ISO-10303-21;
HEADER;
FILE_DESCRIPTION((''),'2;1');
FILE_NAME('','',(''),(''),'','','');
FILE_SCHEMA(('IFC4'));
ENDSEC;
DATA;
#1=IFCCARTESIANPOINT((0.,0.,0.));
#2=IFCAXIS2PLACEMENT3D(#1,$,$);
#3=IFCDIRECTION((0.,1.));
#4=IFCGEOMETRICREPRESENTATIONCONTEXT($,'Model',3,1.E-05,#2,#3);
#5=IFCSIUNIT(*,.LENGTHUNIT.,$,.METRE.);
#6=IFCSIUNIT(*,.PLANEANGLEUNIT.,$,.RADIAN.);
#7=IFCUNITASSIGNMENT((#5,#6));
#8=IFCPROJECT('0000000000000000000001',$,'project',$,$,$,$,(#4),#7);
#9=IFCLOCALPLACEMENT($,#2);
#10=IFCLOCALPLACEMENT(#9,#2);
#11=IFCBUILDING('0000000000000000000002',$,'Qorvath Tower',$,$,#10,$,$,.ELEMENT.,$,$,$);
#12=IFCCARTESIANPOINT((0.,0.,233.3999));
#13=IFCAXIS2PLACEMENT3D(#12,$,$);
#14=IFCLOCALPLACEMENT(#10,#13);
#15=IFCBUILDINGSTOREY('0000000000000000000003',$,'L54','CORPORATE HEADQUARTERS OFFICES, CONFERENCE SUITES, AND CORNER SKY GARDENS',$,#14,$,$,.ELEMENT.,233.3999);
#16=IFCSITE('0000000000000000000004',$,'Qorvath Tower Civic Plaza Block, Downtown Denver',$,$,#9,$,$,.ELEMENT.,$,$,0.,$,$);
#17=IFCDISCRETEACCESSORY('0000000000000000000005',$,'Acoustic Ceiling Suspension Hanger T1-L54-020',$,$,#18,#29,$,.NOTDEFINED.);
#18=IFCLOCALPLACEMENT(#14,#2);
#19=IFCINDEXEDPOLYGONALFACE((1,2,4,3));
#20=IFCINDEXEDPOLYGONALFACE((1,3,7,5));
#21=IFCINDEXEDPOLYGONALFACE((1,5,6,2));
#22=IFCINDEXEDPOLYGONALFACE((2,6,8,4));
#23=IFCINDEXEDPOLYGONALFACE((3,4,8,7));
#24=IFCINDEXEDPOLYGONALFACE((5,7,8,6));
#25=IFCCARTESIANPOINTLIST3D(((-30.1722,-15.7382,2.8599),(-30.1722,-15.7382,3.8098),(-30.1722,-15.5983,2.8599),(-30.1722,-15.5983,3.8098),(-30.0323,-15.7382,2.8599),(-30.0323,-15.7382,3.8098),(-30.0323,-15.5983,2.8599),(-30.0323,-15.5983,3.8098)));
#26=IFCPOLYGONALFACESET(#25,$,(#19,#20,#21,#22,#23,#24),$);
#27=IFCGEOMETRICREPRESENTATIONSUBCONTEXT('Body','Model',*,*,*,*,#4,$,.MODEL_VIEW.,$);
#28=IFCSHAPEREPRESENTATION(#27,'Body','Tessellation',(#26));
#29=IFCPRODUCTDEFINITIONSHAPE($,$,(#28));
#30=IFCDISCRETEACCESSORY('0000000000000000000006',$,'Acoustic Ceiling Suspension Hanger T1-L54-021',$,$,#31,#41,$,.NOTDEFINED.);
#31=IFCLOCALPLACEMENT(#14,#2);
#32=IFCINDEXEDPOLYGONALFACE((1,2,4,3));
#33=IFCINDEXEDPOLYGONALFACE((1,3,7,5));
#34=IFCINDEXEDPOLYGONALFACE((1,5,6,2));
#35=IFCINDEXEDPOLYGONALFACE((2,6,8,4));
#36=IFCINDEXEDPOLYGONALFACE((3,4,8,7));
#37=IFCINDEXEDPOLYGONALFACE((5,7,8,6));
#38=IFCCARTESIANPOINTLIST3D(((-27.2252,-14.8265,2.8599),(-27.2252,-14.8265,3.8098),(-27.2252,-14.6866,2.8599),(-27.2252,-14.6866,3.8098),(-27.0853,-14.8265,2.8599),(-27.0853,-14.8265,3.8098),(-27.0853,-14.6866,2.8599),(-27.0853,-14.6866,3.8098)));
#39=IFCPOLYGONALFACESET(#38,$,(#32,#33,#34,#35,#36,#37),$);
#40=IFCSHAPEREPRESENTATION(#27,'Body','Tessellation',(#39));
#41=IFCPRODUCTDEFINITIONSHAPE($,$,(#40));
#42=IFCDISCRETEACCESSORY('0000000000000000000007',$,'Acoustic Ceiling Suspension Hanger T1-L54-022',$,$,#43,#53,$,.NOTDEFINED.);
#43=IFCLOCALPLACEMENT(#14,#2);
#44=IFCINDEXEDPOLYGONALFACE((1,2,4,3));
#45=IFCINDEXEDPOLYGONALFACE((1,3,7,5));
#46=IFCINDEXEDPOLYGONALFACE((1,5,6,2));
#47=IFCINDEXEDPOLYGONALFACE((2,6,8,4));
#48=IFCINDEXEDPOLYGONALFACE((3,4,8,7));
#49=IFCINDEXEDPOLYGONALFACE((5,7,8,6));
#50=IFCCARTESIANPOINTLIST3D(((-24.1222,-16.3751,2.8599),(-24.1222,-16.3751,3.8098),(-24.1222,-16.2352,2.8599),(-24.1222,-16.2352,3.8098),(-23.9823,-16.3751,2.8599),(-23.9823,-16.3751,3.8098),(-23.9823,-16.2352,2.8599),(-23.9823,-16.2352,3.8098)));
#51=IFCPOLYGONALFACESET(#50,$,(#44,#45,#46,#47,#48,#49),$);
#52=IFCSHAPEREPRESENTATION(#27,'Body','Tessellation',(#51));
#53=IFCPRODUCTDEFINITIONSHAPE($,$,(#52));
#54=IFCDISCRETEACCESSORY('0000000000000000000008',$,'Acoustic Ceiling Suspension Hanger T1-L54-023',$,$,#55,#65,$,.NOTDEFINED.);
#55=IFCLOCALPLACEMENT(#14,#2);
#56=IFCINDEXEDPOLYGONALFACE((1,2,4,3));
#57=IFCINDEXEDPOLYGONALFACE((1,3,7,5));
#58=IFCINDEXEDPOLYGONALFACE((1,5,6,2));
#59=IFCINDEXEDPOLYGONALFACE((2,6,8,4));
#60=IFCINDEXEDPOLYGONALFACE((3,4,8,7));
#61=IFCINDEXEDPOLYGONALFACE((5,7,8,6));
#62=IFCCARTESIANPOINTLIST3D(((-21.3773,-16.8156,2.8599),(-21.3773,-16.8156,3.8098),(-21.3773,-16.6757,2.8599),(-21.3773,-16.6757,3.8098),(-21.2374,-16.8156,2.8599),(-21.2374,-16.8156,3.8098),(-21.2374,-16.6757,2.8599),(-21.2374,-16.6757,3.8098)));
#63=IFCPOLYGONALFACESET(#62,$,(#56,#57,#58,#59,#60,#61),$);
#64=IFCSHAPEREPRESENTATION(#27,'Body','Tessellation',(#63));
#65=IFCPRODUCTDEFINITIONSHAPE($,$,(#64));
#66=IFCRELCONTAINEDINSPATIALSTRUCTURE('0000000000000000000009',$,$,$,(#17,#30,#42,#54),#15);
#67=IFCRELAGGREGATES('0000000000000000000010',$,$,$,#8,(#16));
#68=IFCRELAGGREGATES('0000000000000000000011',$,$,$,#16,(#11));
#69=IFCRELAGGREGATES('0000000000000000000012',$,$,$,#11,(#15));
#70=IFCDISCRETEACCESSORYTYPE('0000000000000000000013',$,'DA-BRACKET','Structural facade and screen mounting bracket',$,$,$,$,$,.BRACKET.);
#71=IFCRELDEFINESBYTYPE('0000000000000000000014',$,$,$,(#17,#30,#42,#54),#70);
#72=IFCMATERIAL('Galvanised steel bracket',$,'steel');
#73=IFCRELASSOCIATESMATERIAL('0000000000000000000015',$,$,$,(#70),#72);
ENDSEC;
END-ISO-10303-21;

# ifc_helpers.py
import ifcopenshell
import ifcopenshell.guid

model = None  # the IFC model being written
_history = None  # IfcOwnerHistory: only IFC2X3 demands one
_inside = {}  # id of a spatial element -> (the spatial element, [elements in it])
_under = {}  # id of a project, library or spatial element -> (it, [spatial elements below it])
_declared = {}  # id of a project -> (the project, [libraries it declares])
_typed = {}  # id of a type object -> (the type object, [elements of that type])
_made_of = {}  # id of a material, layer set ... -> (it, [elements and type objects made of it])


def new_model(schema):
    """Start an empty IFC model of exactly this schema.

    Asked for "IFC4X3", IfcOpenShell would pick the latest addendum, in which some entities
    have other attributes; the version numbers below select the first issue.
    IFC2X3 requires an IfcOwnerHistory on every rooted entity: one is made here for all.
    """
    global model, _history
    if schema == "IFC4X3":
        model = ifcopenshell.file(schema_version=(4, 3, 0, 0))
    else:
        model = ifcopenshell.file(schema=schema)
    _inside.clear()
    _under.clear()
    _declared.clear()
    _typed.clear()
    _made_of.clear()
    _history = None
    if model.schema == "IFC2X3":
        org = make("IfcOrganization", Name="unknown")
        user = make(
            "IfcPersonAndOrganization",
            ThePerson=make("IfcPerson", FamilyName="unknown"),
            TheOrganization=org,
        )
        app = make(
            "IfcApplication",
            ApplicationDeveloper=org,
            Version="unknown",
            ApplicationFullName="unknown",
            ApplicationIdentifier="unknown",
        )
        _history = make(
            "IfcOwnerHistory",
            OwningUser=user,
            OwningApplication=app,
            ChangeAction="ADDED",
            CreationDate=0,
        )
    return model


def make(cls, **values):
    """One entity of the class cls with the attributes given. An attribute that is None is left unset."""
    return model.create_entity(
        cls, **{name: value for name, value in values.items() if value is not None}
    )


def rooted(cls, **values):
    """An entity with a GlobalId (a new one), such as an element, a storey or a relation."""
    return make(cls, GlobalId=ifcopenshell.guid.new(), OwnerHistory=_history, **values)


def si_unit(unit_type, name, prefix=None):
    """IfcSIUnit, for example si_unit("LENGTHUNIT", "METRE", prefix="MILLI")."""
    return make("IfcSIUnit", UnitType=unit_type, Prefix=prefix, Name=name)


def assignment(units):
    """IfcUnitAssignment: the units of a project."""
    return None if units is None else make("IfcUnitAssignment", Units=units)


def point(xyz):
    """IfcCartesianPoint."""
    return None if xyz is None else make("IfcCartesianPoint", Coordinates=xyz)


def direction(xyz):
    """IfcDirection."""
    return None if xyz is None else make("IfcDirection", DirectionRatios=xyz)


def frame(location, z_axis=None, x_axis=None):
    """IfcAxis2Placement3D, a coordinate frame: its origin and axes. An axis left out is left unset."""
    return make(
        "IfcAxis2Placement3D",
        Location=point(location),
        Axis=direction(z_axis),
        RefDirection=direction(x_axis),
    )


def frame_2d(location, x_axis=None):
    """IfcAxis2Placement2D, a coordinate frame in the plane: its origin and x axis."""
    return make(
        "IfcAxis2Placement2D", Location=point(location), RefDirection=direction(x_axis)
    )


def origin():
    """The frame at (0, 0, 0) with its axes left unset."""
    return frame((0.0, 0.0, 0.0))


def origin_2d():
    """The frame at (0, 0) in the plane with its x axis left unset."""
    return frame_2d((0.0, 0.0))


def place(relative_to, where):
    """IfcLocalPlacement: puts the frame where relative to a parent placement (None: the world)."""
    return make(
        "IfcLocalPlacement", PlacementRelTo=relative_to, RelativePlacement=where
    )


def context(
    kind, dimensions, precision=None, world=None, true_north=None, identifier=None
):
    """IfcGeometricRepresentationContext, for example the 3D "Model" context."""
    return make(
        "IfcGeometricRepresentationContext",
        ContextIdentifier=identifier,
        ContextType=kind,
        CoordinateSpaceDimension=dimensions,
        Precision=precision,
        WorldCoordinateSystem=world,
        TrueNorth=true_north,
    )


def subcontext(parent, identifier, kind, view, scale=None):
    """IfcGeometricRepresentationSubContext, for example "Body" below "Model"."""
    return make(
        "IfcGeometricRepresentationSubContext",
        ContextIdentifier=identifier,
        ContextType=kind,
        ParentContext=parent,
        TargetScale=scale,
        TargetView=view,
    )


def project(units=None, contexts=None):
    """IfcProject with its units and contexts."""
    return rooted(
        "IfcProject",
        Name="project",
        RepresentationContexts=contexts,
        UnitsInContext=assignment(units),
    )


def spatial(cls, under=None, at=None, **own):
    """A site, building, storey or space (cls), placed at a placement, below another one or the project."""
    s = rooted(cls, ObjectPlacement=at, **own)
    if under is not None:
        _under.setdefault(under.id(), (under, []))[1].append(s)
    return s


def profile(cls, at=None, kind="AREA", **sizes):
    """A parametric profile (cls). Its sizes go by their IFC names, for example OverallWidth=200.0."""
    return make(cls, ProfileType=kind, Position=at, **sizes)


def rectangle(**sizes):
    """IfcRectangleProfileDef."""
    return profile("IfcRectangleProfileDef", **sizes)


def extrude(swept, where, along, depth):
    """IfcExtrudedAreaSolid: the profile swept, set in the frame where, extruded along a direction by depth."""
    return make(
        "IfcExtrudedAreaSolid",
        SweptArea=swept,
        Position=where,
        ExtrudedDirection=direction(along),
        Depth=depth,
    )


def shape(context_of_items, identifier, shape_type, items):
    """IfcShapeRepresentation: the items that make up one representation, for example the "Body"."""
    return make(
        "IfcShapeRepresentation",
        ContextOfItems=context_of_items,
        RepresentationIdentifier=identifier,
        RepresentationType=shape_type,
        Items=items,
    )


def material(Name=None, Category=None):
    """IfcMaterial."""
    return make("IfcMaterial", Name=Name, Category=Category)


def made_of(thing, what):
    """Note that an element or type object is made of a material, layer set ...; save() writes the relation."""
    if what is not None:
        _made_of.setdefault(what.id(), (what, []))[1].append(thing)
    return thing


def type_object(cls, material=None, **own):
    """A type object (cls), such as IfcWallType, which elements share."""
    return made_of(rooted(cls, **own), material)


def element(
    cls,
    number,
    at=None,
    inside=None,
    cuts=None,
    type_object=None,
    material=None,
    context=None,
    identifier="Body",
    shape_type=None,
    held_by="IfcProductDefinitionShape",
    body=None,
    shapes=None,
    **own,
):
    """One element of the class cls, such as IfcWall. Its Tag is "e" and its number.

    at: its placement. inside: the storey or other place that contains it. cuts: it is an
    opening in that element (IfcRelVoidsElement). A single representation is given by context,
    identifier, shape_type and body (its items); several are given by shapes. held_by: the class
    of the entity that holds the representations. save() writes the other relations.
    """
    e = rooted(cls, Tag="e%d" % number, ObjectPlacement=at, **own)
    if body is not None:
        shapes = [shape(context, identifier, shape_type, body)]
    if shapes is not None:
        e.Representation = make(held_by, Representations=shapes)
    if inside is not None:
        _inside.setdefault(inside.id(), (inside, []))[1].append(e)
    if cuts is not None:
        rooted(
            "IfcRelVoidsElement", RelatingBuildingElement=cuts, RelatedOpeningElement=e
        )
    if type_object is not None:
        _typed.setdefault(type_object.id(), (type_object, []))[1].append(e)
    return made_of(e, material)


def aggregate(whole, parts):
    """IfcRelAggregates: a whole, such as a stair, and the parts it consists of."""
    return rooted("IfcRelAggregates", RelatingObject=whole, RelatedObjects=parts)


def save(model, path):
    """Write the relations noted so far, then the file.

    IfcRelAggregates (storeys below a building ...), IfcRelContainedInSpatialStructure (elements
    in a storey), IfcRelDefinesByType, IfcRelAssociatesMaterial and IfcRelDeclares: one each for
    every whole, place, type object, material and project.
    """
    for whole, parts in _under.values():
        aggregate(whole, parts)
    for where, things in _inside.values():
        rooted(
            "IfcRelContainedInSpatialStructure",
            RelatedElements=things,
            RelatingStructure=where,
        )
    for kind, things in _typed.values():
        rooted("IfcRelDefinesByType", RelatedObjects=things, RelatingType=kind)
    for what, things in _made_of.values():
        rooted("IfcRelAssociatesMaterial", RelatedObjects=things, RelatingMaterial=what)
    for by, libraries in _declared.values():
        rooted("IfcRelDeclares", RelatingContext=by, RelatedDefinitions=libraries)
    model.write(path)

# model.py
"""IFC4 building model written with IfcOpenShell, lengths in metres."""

from ifc_helpers import new_model, si_unit, direction, frame, origin, origin_2d, place, context, subcontext, project, spatial, rectangle, extrude, material, type_object, element, save


model = new_model("IFC4")

# Units and contexts
model_context = context("Model", 3, precision=1e-05, world=origin(), true_north=direction((0.0, 1.0)))
body_context = subcontext(model_context, "Body", "Model", "MODEL_VIEW")
ifc_project = project(units=[si_unit("LENGTHUNIT", "METRE"), si_unit("PLANEANGLEUNIT", "RADIAN")], contexts=[model_context])

# Site, building, storey
site_placement = place(None, origin())
site = spatial("IfcSite", under=ifc_project, at=site_placement, Name="Qorvath Tower Civic Plaza Block, Downtown Denver", CompositionType="ELEMENT", RefElevation=0.0)
building_placement = place(site_placement, origin())
building = spatial("IfcBuilding", under=site, at=building_placement, Name="Qorvath Tower", CompositionType="ELEMENT")
storey_placement = place(building_placement, frame((0.0, 0.0, 233.3999)))
storey = spatial("IfcBuildingStorey", under=building, at=storey_placement, Name="L54", Description="CORPORATE HEADQUARTERS OFFICES, CONFERENCE SUITES, AND CORNER SKY GARDENS", CompositionType="ELEMENT", Elevation=233.3999)

# Discrete accessories
ifc_material_1 = material(Name="Galvanised steel bracket", Category="steel")
discrete_accessory_type = type_object("IfcDiscreteAccessoryType", Name="DA-BRACKET", Description="Structural facade and screen mounting bracket", PredefinedType="BRACKET", material=ifc_material_1)
for number, where, z_axis, x_axis, name in (
    (1, (-30.1023, -15.6682, 2.8599), (0.0, 0.0, 1.0), (1.0, 0.0, 0.0), "Acoustic Ceiling Suspension Hanger T1-L54-020"),
    (2, (-27.1553, -14.7566, 2.8599), (0.0, 0.0, 1.0), (1.0, 0.0, 0.0), "Acoustic Ceiling Suspension Hanger T1-L54-021"),
    (3, (-24.0522, -16.3052, 2.8599), (0.0, 0.0, 1.0), (1.0, 0.0, 0.0), "Acoustic Ceiling Suspension Hanger T1-L54-022"),
    (4, (-21.3074, -16.7456, 2.8599), (0.0, 0.0, 1.0), (1.0, 0.0, 0.0), "Acoustic Ceiling Suspension Hanger T1-L54-023"),
):
    element("IfcDiscreteAccessory", number, at=place(storey_placement, frame(where, z_axis=z_axis, x_axis=x_axis)), inside=storey, type_object=discrete_accessory_type, Name=name, PredefinedType="NOTDEFINED", context=body_context, shape_type="SweptSolid", body=[
        extrude(rectangle(XDim=0.1399, YDim=0.1399, at=origin_2d()), origin(), (0.0, 0.0, 1.0), 0.95),
    ])

save(model, "model.ifc")
